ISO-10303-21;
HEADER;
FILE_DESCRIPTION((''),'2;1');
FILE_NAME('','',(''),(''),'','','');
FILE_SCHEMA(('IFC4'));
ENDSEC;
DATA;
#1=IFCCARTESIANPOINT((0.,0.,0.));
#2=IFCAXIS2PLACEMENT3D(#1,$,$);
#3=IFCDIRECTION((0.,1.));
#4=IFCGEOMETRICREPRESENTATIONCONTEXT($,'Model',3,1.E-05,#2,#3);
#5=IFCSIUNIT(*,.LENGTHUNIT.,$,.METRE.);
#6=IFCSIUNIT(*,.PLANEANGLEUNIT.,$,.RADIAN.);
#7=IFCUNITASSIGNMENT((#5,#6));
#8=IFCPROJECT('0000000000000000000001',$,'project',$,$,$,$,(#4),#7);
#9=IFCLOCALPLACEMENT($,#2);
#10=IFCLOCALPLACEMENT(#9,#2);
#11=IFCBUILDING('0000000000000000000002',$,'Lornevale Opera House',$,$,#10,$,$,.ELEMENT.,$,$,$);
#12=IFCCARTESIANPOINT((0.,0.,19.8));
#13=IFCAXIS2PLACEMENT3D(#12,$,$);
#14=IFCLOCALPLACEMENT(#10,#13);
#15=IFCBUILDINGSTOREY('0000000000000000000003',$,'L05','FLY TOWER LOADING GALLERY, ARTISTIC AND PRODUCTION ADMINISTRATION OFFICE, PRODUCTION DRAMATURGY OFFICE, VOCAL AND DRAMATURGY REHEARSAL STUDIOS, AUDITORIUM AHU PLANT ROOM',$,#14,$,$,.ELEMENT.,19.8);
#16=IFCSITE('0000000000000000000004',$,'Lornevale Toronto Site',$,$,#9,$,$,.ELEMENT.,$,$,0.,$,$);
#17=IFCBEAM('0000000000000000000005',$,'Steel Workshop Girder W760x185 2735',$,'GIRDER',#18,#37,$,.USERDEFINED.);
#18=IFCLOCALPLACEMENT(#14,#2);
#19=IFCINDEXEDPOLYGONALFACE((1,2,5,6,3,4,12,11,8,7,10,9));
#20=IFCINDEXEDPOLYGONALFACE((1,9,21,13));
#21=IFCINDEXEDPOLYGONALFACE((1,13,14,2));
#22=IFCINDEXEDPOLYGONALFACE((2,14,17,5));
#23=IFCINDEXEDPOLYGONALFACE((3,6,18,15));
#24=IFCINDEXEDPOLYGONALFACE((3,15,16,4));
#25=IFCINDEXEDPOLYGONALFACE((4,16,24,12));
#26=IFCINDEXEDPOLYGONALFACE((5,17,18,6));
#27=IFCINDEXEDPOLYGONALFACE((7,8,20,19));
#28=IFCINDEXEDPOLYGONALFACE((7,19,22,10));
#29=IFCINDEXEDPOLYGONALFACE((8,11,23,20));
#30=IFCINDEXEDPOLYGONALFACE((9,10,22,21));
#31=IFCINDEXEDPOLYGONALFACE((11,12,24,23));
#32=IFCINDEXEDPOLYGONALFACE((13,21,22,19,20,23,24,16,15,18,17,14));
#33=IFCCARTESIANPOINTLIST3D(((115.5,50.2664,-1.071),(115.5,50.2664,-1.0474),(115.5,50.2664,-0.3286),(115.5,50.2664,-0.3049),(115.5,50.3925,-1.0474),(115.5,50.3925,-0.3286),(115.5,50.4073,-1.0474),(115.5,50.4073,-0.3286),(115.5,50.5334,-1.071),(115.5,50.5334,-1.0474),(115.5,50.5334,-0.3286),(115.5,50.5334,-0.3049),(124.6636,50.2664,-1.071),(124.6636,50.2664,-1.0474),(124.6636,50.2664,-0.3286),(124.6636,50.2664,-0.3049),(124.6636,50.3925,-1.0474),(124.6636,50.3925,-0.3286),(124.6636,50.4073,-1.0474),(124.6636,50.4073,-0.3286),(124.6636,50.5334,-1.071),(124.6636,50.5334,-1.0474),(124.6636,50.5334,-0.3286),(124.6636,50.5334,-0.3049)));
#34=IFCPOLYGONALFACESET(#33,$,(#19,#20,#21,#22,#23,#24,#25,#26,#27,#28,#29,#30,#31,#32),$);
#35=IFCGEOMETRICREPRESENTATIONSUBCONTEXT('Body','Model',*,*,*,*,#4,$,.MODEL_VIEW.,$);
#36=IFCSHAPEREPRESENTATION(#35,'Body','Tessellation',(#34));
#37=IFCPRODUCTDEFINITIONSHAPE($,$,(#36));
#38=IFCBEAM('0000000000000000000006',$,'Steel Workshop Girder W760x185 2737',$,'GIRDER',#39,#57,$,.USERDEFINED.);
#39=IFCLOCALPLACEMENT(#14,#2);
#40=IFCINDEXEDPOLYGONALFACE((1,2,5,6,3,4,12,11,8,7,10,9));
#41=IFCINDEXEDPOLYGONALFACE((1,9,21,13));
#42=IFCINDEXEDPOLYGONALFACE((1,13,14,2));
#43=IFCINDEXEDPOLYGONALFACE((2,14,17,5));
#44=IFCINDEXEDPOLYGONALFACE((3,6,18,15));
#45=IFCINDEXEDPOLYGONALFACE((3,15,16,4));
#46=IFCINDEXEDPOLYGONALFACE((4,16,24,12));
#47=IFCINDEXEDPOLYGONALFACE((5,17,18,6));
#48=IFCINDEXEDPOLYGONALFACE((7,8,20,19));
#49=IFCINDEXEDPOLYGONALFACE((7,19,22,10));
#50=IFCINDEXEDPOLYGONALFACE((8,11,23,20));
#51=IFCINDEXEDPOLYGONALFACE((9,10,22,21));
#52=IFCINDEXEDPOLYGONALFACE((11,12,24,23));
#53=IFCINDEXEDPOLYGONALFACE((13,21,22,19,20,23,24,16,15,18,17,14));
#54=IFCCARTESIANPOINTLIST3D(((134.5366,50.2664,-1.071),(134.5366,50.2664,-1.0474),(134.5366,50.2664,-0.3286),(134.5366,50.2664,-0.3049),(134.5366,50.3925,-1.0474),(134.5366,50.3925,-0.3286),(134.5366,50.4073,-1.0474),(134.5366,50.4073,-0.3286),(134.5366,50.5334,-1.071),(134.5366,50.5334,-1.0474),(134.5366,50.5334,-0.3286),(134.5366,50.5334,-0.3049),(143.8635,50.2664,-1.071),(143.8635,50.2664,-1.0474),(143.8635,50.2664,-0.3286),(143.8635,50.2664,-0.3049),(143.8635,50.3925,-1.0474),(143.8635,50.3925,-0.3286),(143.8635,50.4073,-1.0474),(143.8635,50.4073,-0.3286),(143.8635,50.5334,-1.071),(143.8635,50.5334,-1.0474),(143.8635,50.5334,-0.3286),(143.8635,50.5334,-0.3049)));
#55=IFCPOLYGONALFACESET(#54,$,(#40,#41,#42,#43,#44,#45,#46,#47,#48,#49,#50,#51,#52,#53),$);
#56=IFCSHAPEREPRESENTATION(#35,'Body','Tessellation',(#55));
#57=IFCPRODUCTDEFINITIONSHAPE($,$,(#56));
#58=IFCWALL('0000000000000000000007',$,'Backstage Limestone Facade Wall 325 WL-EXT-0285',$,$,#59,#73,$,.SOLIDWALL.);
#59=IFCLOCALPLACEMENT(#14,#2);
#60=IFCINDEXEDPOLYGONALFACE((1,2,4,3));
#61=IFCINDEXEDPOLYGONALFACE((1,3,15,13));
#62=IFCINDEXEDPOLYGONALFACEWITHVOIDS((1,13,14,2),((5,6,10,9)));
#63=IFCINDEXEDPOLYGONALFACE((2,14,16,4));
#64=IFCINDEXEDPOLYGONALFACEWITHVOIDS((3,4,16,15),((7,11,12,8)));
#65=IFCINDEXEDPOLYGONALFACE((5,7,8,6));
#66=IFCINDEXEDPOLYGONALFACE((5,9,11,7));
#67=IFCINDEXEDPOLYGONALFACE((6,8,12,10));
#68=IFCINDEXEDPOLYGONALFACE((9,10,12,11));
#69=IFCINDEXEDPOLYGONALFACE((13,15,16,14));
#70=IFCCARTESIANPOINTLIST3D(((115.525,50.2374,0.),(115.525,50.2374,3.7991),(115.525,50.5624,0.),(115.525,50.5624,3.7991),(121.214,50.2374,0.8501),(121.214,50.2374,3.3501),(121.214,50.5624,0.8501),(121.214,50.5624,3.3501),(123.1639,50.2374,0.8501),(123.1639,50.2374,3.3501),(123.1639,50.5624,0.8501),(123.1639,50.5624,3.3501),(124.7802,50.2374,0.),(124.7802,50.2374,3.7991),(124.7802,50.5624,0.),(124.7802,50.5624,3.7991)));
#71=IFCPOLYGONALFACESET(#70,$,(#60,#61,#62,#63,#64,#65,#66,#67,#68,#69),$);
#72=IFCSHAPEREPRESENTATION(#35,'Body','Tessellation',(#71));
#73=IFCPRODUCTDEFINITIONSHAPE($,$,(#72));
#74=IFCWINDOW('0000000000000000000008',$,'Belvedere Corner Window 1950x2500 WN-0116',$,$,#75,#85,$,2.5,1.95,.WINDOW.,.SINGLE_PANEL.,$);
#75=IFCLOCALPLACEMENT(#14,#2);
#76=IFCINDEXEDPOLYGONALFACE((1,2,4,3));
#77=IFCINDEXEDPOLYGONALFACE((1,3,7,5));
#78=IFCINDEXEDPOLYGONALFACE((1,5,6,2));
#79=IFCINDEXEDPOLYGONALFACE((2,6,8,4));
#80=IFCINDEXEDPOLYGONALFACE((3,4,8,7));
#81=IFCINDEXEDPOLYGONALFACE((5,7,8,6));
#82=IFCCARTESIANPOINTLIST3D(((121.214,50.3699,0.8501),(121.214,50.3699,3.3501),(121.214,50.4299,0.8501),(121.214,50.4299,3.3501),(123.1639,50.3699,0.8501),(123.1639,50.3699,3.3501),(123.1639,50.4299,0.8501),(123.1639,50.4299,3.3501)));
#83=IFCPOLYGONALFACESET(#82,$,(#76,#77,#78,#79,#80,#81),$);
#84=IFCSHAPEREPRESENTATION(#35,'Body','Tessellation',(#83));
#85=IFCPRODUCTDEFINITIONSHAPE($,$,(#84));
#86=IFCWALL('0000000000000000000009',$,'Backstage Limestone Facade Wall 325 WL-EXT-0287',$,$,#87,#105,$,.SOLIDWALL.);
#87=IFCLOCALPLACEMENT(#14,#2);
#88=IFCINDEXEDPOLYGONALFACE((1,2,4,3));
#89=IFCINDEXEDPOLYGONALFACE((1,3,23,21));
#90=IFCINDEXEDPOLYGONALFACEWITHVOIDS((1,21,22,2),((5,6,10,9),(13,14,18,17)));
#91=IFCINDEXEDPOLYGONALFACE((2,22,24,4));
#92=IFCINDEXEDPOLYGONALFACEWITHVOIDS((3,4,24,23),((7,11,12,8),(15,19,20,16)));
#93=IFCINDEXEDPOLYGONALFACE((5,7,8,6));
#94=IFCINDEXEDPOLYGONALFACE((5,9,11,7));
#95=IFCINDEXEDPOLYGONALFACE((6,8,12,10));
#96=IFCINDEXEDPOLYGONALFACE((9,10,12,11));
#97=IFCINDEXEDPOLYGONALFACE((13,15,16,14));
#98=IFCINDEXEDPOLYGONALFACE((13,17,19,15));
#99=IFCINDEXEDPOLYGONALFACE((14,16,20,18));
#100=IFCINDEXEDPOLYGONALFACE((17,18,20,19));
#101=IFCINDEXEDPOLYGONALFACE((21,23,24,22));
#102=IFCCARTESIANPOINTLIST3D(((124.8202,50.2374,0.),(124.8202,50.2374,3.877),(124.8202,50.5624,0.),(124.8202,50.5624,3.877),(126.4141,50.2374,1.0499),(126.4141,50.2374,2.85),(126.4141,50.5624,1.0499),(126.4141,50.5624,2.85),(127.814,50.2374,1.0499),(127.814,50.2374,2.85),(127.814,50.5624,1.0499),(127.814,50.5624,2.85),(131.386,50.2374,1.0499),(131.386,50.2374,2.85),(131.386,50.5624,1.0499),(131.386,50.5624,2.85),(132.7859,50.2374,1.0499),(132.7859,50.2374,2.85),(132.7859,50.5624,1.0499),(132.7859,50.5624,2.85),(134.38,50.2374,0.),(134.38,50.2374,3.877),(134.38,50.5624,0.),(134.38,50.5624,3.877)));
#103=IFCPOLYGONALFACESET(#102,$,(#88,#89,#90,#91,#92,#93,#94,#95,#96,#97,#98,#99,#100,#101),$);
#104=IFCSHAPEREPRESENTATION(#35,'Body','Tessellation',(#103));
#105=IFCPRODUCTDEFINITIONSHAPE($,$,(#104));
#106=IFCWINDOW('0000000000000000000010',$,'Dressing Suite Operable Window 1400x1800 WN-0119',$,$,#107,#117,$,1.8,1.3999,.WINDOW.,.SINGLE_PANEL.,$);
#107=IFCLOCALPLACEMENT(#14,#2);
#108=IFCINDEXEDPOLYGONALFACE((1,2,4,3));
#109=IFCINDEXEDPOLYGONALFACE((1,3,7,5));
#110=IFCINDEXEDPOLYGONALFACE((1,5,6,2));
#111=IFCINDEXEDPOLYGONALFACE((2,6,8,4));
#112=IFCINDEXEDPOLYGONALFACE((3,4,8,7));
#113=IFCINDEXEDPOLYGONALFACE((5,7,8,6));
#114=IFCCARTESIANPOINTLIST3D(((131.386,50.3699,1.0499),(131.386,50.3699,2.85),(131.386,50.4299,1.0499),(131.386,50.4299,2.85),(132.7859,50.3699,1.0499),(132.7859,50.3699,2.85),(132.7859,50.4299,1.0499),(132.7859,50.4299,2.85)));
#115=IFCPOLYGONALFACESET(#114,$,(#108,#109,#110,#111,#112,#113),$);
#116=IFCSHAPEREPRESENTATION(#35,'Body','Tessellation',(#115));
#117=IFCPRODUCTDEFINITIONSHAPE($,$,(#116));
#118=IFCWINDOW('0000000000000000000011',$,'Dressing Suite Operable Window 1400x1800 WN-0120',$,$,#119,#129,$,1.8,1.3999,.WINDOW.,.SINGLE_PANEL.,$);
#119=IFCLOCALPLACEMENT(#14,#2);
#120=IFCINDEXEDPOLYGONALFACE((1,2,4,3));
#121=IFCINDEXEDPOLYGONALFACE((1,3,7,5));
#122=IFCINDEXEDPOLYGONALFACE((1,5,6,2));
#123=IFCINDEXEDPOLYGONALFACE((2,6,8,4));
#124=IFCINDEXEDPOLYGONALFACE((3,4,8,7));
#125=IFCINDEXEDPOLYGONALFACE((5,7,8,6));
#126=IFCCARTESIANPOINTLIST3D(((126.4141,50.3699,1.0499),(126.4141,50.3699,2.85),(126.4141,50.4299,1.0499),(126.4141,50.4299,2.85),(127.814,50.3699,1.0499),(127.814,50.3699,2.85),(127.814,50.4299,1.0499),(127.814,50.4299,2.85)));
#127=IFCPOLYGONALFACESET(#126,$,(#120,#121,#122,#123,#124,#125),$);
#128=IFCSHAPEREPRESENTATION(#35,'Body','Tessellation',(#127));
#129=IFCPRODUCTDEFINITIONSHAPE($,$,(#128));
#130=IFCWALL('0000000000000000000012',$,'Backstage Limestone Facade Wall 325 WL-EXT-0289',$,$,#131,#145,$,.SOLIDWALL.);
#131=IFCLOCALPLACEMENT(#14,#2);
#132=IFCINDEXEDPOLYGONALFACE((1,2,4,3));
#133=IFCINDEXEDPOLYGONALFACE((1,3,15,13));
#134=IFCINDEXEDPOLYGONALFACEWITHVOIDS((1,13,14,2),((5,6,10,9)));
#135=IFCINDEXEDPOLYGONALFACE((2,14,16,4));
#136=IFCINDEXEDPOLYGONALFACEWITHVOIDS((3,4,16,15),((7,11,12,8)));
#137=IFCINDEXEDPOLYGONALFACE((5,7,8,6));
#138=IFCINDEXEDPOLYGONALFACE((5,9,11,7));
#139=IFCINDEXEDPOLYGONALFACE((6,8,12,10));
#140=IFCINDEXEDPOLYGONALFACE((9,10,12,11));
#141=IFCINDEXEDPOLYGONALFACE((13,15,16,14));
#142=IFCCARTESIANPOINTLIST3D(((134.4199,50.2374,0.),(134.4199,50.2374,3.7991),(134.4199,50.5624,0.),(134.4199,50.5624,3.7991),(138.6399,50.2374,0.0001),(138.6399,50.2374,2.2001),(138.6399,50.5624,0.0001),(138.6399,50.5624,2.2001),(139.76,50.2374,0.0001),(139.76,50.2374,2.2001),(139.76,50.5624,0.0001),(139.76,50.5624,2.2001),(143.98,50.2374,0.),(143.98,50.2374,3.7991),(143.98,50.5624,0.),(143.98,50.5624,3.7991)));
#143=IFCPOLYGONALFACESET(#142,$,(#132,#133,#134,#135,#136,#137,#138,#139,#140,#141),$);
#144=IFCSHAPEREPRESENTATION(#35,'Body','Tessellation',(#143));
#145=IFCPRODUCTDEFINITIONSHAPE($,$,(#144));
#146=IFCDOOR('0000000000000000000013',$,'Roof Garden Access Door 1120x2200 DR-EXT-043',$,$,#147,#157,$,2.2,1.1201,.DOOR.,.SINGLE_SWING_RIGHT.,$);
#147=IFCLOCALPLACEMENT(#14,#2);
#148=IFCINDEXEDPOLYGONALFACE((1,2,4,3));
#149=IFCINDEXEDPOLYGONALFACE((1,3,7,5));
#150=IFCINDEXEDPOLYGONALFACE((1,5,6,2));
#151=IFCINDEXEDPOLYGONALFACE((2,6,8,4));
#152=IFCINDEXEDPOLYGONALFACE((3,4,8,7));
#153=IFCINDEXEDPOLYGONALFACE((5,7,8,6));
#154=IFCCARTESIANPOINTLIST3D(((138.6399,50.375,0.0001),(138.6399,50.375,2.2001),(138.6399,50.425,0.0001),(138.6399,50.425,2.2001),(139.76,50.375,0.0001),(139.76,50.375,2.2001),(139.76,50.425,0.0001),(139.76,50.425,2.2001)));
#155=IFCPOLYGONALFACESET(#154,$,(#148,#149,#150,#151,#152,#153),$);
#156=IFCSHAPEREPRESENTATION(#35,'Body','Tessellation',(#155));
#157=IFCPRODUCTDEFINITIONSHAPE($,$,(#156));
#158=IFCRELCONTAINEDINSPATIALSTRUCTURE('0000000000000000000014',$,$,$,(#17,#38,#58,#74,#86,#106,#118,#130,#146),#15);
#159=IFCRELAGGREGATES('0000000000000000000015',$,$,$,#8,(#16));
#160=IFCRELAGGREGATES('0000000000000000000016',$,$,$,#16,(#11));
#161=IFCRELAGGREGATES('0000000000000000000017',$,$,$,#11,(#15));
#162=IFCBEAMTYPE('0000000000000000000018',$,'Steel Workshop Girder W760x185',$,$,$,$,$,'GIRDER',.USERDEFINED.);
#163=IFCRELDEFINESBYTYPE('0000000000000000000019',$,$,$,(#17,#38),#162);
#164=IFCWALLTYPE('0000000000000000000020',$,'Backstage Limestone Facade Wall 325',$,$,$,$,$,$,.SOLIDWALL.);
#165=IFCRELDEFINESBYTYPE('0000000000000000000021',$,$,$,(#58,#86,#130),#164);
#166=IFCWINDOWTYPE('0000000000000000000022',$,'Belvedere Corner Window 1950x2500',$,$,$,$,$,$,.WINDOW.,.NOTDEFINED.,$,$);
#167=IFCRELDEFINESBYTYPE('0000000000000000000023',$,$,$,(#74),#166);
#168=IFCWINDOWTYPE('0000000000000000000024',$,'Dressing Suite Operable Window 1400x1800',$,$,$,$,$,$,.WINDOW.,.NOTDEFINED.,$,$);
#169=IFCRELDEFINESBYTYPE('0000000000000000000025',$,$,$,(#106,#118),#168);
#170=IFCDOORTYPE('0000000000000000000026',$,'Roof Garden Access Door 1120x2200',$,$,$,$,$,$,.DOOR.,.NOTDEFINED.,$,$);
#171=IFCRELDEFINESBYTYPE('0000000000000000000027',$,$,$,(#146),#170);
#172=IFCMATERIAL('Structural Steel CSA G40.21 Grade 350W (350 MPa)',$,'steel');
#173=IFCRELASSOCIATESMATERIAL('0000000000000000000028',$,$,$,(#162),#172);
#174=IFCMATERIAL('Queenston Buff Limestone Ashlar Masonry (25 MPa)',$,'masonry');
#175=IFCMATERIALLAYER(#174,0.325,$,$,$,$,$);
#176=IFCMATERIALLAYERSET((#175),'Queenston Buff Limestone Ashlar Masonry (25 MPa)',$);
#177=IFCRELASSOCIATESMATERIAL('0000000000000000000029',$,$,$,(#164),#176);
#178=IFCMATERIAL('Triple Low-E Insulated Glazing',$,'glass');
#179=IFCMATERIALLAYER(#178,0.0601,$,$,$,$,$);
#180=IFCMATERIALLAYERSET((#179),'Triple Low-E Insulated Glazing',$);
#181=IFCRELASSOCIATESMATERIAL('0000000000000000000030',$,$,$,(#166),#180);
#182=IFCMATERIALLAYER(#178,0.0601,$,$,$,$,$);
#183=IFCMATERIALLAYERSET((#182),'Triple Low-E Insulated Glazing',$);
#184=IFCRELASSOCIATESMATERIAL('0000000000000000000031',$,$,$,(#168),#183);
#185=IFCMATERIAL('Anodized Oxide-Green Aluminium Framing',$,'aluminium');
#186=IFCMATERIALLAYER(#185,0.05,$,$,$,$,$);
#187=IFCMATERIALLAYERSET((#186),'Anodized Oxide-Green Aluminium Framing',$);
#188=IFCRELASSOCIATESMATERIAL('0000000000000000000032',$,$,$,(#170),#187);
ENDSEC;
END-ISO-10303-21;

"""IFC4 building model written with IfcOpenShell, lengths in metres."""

from ifc_helpers import new_model, si_unit, direction, frame, frame_2d, origin, origin_2d, place, context, subcontext, project, spatial, rectangle, i_section, extrude, material, layer, layer_set, material_profile, profile_set, type_object, element, fill, save


model = new_model("IFC4")

# Units and contexts
model_context = context("Model", 3, precision=1e-05, world=origin(), true_north=direction((0.0, 1.0)))
body_context = subcontext(model_context, "Body", "Model", "MODEL_VIEW")
ifc_project = project(units=[si_unit("LENGTHUNIT", "METRE"), si_unit("PLANEANGLEUNIT", "RADIAN")], contexts=[model_context])

# Site, building, storey
site_placement = place(None, origin())
site = spatial("IfcSite", under=ifc_project, at=site_placement, Name="Lornevale Toronto Site", CompositionType="ELEMENT", RefElevation=0.0)
building_placement = place(site_placement, origin())
building = spatial("IfcBuilding", under=site, at=building_placement, Name="Lornevale Opera House", CompositionType="ELEMENT")
storey_placement = place(building_placement, frame((0.0, 0.0, 19.8)))
storey = spatial("IfcBuildingStorey", under=building, at=storey_placement, Name="L05", Description="FLY TOWER LOADING GALLERY, ARTISTIC AND PRODUCTION ADMINISTRATION OFFICE, PRODUCTION DRAMATURGY OFFICE, VOCAL AND DRAMATURGY REHEARSAL STUDIOS, AUDITORIUM AHU PLANT ROOM", CompositionType="ELEMENT", Elevation=19.8)

# Shared definitions
ifc_material_1 = material(Name="Structural Steel CSA G40.21 Grade 350W (350 MPa)", Category="steel")

# Beams
ifc_material_profile_1 = material_profile(ifc_material_1, i_section(OverallWidth=0.2671, OverallDepth=0.7661, WebThickness=0.0149, FlangeThickness=0.0237, at=origin_2d()), Name="W760x185")
ifc_profile_set_1 = profile_set([ifc_material_profile_1], Name="Structural Steel CSA G40.21 Grade 350W (350 MPa)")
beam_type_1 = type_object("IfcBeamType", Name="Steel Workshop Girder W760x185", ElementType="GIRDER", PredefinedType="USERDEFINED", material=ifc_profile_set_1)
beam_1_placement = place(storey_placement, frame((115.5, 50.3999, -0.688), z_axis=(1.0, 0.0, 0.0), x_axis=(0.0, 1.0, 0.0)))
element("IfcBeam", 1, at=beam_1_placement, inside=storey, type_object=beam_type_1, Name="Steel Workshop Girder W760x185 2735", ObjectType="GIRDER", PredefinedType="USERDEFINED", context=body_context, shape_type="SweptSolid", body=[
    extrude(i_section(OverallWidth=0.2671, OverallDepth=0.7661, WebThickness=0.0149, FlangeThickness=0.0237, at=origin_2d()), origin(), (0.0, 0.0, 1.0), 9.1636),
])
beam_2_placement = place(storey_placement, frame((134.5366, 50.3999, -0.688), z_axis=(1.0, 0.0, 0.0), x_axis=(0.0, 1.0, 0.0)))
element("IfcBeam", 2, at=beam_2_placement, inside=storey, type_object=beam_type_1, Name="Steel Workshop Girder W760x185 2737", ObjectType="GIRDER", PredefinedType="USERDEFINED", context=body_context, shape_type="SweptSolid", body=[
    extrude(i_section(OverallWidth=0.2671, OverallDepth=0.7661, WebThickness=0.0149, FlangeThickness=0.0237, at=origin_2d()), origin(), (0.0, 0.0, 1.0), 9.3269),
])

# Wall, opening, window
ifc_material_2 = material(Name="Queenston Buff Limestone Ashlar Masonry (25 MPa)", Category="masonry")
ifc_layer_1 = layer(ifc_material_2, 0.325)
ifc_layer_set_1 = layer_set([ifc_layer_1], Name="Queenston Buff Limestone Ashlar Masonry (25 MPa)")
wall_type_1 = type_object("IfcWallType", Name="Backstage Limestone Facade Wall 325", PredefinedType="SOLIDWALL", material=ifc_layer_set_1)
wall_1_placement = place(storey_placement, frame((124.78, 50.3999, 0.0), z_axis=(0.0, 0.0, 1.0), x_axis=(-1.0, 0.0, 0.0)))
wall_1 = element("IfcWall", 3, at=wall_1_placement, inside=storey, type_object=wall_type_1, Name="Backstage Limestone Facade Wall 325 WL-EXT-0285", PredefinedType="SOLIDWALL", context=body_context, shape_type="SweptSolid", body=[
    extrude(rectangle(XDim=9.2551, YDim=0.325, at=frame_2d((4.6274, 0.0))), origin(), (0.0, 0.0, 1.0), 3.7991),
])
opening_1_placement = place(wall_1_placement, frame((1.616, 0.0, 0.8501)))
opening_1 = element("IfcOpeningElement", 4, at=opening_1_placement, cuts=wall_1, PredefinedType="OPENING", context=body_context, shape_type="SweptSolid", body=[
    extrude(rectangle(XDim=1.95, YDim=2.5, at=frame_2d((0.9751, 1.25))), frame((0.0, 0.1724, 0.0), z_axis=(0.0, -1.0, 0.0), x_axis=(1.0, 0.0, 0.0)), (0.0, 0.0, 1.0), 0.345),
])
ifc_material_3 = material(Name="Triple Low-E Insulated Glazing", Category="glass")
ifc_layer_2 = layer(ifc_material_3, 0.0601)
ifc_layer_set_2 = layer_set([ifc_layer_2], Name="Triple Low-E Insulated Glazing")
window_type_1 = type_object("IfcWindowType", Name="Belvedere Corner Window 1950x2500", PartitioningType="NOTDEFINED", PredefinedType="WINDOW", material=ifc_layer_set_2)
window_1_placement = place(opening_1_placement, origin())
window_1 = element("IfcWindow", 5, at=window_1_placement, inside=storey, type_object=window_type_1, Name="Belvedere Corner Window 1950x2500 WN-0116", OverallHeight=2.5, OverallWidth=1.95, PartitioningType="SINGLE_PANEL", PredefinedType="WINDOW", context=body_context, shape_type="SweptSolid", body=[
    extrude(rectangle(XDim=1.95, YDim=2.5, at=frame_2d((0.9751, 1.25))), frame((0.0, 0.03, 0.0), z_axis=(0.0, -1.0, 0.0), x_axis=(1.0, 0.0, 0.0)), (0.0, 0.0, 1.0), 0.0601),
])
fill(opening_1, window_1)

# Wall, openings, windows
wall_2_placement = place(storey_placement, frame((134.3799, 50.3999, 0.0), z_axis=(0.0, 0.0, 1.0), x_axis=(-1.0, 0.0, 0.0)))
wall_2 = element("IfcWall", 6, at=wall_2_placement, inside=storey, type_object=wall_type_1, Name="Backstage Limestone Facade Wall 325 WL-EXT-0287", PredefinedType="SOLIDWALL", context=body_context, shape_type="SweptSolid", body=[
    extrude(rectangle(XDim=9.5598, YDim=0.325, at=frame_2d((4.7798, 0.0))), origin(), (0.0, 0.0, 1.0), 3.877),
])
opening_2_placement = place(wall_2_placement, frame((1.594, 0.0, 1.05)))
opening_2 = element("IfcOpeningElement", 7, at=opening_2_placement, cuts=wall_2, PredefinedType="OPENING", context=body_context, shape_type="SweptSolid", body=[
    extrude(rectangle(XDim=1.3999, YDim=1.8, at=frame_2d((0.7, 0.8999))), frame((0.0, 0.1724, 0.0), z_axis=(0.0, -1.0, 0.0), x_axis=(1.0, 0.0, 0.0)), (0.0, 0.0, 1.0), 0.345),
])
opening_3_placement = place(wall_2_placement, frame((6.5659, 0.0, 1.05)))
opening_3 = element("IfcOpeningElement", 8, at=opening_3_placement, cuts=wall_2, PredefinedType="OPENING", context=body_context, shape_type="SweptSolid", body=[
    extrude(rectangle(XDim=1.3999, YDim=1.8, at=frame_2d((0.7, 0.8999))), frame((0.0, 0.1724, 0.0), z_axis=(0.0, -1.0, 0.0), x_axis=(1.0, 0.0, 0.0)), (0.0, 0.0, 1.0), 0.345),
])
ifc_layer_3 = layer(ifc_material_3, 0.0601)
ifc_layer_set_3 = layer_set([ifc_layer_3], Name="Triple Low-E Insulated Glazing")
window_type_2 = type_object("IfcWindowType", Name="Dressing Suite Operable Window 1400x1800", PartitioningType="NOTDEFINED", PredefinedType="WINDOW", material=ifc_layer_set_3)
window_2_placement = place(opening_2_placement, origin())
window_2 = element("IfcWindow", 9, at=window_2_placement, inside=storey, type_object=window_type_2, Name="Dressing Suite Operable Window 1400x1800 WN-0119", OverallHeight=1.8, OverallWidth=1.3999, PartitioningType="SINGLE_PANEL", PredefinedType="WINDOW", context=body_context, shape_type="SweptSolid", body=[
    extrude(rectangle(XDim=1.3999, YDim=1.8, at=frame_2d((0.7, 0.8999))), frame((0.0, 0.03, 0.0), z_axis=(0.0, -1.0, 0.0), x_axis=(1.0, 0.0, 0.0)), (0.0, 0.0, 1.0), 0.0601),
])
fill(opening_2, window_2)
window_3_placement = place(opening_3_placement, origin())
window_3 = element("IfcWindow", 10, at=window_3_placement, inside=storey, type_object=window_type_2, Name="Dressing Suite Operable Window 1400x1800 WN-0120", OverallHeight=1.8, OverallWidth=1.3999, PartitioningType="SINGLE_PANEL", PredefinedType="WINDOW", context=body_context, shape_type="SweptSolid", body=[
    extrude(rectangle(XDim=1.3999, YDim=1.8, at=frame_2d((0.7, 0.8999))), frame((0.0, 0.03, 0.0), z_axis=(0.0, -1.0, 0.0), x_axis=(1.0, 0.0, 0.0)), (0.0, 0.0, 1.0), 0.0601),
])
fill(opening_3, window_3)

# Wall, opening, door
wall_3_placement = place(storey_placement, frame((143.98, 50.3999, 0.0), z_axis=(0.0, 0.0, 1.0), x_axis=(-1.0, 0.0, 0.0)))
wall_3 = element("IfcWall", 11, at=wall_3_placement, inside=storey, type_object=wall_type_1, Name="Backstage Limestone Facade Wall 325 WL-EXT-0289", PredefinedType="SOLIDWALL", context=body_context, shape_type="SweptSolid", body=[
    extrude(rectangle(XDim=9.5601, YDim=0.325, at=frame_2d((4.78, 0.0))), origin(), (0.0, 0.0, 1.0), 3.7991),
])
opening_4_placement = place(wall_3_placement, frame((4.22, 0.0, 0.0)))
opening_4 = element("IfcOpeningElement", 12, at=opening_4_placement, cuts=wall_3, PredefinedType="OPENING", context=body_context, shape_type="SweptSolid", body=[
    extrude(rectangle(XDim=1.1201, YDim=2.2, at=frame_2d((0.5601, 1.1001))), frame((0.0, 0.1724, 0.0), z_axis=(0.0, -1.0, 0.0), x_axis=(1.0, 0.0, 0.0)), (0.0, 0.0, 1.0), 0.345),
])
ifc_material_4 = material(Name="Anodized Oxide-Green Aluminium Framing", Category="aluminium")
ifc_layer_4 = layer(ifc_material_4, 0.05)
ifc_layer_set_4 = layer_set([ifc_layer_4], Name="Anodized Oxide-Green Aluminium Framing")
door_type = type_object("IfcDoorType", Name="Roof Garden Access Door 1120x2200", OperationType="NOTDEFINED", PredefinedType="DOOR", material=ifc_layer_set_4)
door_placement = place(opening_4_placement, origin())
door = element("IfcDoor", 13, at=door_placement, inside=storey, type_object=door_type, Name="Roof Garden Access Door 1120x2200 DR-EXT-043", OperationType="SINGLE_SWING_RIGHT", OverallHeight=2.2, OverallWidth=1.1201, PredefinedType="DOOR", context=body_context, shape_type="SweptSolid", body=[
    extrude(rectangle(XDim=1.1201, YDim=2.2, at=frame_2d((0.5601, 1.1001))), frame((0.0, 0.0249, 0.0), z_axis=(0.0, -1.0, 0.0), x_axis=(1.0, 0.0, 0.0)), (0.0, 0.0, 1.0), 0.05),
])
fill(opening_4, door)

save(model, "model.ifc")
